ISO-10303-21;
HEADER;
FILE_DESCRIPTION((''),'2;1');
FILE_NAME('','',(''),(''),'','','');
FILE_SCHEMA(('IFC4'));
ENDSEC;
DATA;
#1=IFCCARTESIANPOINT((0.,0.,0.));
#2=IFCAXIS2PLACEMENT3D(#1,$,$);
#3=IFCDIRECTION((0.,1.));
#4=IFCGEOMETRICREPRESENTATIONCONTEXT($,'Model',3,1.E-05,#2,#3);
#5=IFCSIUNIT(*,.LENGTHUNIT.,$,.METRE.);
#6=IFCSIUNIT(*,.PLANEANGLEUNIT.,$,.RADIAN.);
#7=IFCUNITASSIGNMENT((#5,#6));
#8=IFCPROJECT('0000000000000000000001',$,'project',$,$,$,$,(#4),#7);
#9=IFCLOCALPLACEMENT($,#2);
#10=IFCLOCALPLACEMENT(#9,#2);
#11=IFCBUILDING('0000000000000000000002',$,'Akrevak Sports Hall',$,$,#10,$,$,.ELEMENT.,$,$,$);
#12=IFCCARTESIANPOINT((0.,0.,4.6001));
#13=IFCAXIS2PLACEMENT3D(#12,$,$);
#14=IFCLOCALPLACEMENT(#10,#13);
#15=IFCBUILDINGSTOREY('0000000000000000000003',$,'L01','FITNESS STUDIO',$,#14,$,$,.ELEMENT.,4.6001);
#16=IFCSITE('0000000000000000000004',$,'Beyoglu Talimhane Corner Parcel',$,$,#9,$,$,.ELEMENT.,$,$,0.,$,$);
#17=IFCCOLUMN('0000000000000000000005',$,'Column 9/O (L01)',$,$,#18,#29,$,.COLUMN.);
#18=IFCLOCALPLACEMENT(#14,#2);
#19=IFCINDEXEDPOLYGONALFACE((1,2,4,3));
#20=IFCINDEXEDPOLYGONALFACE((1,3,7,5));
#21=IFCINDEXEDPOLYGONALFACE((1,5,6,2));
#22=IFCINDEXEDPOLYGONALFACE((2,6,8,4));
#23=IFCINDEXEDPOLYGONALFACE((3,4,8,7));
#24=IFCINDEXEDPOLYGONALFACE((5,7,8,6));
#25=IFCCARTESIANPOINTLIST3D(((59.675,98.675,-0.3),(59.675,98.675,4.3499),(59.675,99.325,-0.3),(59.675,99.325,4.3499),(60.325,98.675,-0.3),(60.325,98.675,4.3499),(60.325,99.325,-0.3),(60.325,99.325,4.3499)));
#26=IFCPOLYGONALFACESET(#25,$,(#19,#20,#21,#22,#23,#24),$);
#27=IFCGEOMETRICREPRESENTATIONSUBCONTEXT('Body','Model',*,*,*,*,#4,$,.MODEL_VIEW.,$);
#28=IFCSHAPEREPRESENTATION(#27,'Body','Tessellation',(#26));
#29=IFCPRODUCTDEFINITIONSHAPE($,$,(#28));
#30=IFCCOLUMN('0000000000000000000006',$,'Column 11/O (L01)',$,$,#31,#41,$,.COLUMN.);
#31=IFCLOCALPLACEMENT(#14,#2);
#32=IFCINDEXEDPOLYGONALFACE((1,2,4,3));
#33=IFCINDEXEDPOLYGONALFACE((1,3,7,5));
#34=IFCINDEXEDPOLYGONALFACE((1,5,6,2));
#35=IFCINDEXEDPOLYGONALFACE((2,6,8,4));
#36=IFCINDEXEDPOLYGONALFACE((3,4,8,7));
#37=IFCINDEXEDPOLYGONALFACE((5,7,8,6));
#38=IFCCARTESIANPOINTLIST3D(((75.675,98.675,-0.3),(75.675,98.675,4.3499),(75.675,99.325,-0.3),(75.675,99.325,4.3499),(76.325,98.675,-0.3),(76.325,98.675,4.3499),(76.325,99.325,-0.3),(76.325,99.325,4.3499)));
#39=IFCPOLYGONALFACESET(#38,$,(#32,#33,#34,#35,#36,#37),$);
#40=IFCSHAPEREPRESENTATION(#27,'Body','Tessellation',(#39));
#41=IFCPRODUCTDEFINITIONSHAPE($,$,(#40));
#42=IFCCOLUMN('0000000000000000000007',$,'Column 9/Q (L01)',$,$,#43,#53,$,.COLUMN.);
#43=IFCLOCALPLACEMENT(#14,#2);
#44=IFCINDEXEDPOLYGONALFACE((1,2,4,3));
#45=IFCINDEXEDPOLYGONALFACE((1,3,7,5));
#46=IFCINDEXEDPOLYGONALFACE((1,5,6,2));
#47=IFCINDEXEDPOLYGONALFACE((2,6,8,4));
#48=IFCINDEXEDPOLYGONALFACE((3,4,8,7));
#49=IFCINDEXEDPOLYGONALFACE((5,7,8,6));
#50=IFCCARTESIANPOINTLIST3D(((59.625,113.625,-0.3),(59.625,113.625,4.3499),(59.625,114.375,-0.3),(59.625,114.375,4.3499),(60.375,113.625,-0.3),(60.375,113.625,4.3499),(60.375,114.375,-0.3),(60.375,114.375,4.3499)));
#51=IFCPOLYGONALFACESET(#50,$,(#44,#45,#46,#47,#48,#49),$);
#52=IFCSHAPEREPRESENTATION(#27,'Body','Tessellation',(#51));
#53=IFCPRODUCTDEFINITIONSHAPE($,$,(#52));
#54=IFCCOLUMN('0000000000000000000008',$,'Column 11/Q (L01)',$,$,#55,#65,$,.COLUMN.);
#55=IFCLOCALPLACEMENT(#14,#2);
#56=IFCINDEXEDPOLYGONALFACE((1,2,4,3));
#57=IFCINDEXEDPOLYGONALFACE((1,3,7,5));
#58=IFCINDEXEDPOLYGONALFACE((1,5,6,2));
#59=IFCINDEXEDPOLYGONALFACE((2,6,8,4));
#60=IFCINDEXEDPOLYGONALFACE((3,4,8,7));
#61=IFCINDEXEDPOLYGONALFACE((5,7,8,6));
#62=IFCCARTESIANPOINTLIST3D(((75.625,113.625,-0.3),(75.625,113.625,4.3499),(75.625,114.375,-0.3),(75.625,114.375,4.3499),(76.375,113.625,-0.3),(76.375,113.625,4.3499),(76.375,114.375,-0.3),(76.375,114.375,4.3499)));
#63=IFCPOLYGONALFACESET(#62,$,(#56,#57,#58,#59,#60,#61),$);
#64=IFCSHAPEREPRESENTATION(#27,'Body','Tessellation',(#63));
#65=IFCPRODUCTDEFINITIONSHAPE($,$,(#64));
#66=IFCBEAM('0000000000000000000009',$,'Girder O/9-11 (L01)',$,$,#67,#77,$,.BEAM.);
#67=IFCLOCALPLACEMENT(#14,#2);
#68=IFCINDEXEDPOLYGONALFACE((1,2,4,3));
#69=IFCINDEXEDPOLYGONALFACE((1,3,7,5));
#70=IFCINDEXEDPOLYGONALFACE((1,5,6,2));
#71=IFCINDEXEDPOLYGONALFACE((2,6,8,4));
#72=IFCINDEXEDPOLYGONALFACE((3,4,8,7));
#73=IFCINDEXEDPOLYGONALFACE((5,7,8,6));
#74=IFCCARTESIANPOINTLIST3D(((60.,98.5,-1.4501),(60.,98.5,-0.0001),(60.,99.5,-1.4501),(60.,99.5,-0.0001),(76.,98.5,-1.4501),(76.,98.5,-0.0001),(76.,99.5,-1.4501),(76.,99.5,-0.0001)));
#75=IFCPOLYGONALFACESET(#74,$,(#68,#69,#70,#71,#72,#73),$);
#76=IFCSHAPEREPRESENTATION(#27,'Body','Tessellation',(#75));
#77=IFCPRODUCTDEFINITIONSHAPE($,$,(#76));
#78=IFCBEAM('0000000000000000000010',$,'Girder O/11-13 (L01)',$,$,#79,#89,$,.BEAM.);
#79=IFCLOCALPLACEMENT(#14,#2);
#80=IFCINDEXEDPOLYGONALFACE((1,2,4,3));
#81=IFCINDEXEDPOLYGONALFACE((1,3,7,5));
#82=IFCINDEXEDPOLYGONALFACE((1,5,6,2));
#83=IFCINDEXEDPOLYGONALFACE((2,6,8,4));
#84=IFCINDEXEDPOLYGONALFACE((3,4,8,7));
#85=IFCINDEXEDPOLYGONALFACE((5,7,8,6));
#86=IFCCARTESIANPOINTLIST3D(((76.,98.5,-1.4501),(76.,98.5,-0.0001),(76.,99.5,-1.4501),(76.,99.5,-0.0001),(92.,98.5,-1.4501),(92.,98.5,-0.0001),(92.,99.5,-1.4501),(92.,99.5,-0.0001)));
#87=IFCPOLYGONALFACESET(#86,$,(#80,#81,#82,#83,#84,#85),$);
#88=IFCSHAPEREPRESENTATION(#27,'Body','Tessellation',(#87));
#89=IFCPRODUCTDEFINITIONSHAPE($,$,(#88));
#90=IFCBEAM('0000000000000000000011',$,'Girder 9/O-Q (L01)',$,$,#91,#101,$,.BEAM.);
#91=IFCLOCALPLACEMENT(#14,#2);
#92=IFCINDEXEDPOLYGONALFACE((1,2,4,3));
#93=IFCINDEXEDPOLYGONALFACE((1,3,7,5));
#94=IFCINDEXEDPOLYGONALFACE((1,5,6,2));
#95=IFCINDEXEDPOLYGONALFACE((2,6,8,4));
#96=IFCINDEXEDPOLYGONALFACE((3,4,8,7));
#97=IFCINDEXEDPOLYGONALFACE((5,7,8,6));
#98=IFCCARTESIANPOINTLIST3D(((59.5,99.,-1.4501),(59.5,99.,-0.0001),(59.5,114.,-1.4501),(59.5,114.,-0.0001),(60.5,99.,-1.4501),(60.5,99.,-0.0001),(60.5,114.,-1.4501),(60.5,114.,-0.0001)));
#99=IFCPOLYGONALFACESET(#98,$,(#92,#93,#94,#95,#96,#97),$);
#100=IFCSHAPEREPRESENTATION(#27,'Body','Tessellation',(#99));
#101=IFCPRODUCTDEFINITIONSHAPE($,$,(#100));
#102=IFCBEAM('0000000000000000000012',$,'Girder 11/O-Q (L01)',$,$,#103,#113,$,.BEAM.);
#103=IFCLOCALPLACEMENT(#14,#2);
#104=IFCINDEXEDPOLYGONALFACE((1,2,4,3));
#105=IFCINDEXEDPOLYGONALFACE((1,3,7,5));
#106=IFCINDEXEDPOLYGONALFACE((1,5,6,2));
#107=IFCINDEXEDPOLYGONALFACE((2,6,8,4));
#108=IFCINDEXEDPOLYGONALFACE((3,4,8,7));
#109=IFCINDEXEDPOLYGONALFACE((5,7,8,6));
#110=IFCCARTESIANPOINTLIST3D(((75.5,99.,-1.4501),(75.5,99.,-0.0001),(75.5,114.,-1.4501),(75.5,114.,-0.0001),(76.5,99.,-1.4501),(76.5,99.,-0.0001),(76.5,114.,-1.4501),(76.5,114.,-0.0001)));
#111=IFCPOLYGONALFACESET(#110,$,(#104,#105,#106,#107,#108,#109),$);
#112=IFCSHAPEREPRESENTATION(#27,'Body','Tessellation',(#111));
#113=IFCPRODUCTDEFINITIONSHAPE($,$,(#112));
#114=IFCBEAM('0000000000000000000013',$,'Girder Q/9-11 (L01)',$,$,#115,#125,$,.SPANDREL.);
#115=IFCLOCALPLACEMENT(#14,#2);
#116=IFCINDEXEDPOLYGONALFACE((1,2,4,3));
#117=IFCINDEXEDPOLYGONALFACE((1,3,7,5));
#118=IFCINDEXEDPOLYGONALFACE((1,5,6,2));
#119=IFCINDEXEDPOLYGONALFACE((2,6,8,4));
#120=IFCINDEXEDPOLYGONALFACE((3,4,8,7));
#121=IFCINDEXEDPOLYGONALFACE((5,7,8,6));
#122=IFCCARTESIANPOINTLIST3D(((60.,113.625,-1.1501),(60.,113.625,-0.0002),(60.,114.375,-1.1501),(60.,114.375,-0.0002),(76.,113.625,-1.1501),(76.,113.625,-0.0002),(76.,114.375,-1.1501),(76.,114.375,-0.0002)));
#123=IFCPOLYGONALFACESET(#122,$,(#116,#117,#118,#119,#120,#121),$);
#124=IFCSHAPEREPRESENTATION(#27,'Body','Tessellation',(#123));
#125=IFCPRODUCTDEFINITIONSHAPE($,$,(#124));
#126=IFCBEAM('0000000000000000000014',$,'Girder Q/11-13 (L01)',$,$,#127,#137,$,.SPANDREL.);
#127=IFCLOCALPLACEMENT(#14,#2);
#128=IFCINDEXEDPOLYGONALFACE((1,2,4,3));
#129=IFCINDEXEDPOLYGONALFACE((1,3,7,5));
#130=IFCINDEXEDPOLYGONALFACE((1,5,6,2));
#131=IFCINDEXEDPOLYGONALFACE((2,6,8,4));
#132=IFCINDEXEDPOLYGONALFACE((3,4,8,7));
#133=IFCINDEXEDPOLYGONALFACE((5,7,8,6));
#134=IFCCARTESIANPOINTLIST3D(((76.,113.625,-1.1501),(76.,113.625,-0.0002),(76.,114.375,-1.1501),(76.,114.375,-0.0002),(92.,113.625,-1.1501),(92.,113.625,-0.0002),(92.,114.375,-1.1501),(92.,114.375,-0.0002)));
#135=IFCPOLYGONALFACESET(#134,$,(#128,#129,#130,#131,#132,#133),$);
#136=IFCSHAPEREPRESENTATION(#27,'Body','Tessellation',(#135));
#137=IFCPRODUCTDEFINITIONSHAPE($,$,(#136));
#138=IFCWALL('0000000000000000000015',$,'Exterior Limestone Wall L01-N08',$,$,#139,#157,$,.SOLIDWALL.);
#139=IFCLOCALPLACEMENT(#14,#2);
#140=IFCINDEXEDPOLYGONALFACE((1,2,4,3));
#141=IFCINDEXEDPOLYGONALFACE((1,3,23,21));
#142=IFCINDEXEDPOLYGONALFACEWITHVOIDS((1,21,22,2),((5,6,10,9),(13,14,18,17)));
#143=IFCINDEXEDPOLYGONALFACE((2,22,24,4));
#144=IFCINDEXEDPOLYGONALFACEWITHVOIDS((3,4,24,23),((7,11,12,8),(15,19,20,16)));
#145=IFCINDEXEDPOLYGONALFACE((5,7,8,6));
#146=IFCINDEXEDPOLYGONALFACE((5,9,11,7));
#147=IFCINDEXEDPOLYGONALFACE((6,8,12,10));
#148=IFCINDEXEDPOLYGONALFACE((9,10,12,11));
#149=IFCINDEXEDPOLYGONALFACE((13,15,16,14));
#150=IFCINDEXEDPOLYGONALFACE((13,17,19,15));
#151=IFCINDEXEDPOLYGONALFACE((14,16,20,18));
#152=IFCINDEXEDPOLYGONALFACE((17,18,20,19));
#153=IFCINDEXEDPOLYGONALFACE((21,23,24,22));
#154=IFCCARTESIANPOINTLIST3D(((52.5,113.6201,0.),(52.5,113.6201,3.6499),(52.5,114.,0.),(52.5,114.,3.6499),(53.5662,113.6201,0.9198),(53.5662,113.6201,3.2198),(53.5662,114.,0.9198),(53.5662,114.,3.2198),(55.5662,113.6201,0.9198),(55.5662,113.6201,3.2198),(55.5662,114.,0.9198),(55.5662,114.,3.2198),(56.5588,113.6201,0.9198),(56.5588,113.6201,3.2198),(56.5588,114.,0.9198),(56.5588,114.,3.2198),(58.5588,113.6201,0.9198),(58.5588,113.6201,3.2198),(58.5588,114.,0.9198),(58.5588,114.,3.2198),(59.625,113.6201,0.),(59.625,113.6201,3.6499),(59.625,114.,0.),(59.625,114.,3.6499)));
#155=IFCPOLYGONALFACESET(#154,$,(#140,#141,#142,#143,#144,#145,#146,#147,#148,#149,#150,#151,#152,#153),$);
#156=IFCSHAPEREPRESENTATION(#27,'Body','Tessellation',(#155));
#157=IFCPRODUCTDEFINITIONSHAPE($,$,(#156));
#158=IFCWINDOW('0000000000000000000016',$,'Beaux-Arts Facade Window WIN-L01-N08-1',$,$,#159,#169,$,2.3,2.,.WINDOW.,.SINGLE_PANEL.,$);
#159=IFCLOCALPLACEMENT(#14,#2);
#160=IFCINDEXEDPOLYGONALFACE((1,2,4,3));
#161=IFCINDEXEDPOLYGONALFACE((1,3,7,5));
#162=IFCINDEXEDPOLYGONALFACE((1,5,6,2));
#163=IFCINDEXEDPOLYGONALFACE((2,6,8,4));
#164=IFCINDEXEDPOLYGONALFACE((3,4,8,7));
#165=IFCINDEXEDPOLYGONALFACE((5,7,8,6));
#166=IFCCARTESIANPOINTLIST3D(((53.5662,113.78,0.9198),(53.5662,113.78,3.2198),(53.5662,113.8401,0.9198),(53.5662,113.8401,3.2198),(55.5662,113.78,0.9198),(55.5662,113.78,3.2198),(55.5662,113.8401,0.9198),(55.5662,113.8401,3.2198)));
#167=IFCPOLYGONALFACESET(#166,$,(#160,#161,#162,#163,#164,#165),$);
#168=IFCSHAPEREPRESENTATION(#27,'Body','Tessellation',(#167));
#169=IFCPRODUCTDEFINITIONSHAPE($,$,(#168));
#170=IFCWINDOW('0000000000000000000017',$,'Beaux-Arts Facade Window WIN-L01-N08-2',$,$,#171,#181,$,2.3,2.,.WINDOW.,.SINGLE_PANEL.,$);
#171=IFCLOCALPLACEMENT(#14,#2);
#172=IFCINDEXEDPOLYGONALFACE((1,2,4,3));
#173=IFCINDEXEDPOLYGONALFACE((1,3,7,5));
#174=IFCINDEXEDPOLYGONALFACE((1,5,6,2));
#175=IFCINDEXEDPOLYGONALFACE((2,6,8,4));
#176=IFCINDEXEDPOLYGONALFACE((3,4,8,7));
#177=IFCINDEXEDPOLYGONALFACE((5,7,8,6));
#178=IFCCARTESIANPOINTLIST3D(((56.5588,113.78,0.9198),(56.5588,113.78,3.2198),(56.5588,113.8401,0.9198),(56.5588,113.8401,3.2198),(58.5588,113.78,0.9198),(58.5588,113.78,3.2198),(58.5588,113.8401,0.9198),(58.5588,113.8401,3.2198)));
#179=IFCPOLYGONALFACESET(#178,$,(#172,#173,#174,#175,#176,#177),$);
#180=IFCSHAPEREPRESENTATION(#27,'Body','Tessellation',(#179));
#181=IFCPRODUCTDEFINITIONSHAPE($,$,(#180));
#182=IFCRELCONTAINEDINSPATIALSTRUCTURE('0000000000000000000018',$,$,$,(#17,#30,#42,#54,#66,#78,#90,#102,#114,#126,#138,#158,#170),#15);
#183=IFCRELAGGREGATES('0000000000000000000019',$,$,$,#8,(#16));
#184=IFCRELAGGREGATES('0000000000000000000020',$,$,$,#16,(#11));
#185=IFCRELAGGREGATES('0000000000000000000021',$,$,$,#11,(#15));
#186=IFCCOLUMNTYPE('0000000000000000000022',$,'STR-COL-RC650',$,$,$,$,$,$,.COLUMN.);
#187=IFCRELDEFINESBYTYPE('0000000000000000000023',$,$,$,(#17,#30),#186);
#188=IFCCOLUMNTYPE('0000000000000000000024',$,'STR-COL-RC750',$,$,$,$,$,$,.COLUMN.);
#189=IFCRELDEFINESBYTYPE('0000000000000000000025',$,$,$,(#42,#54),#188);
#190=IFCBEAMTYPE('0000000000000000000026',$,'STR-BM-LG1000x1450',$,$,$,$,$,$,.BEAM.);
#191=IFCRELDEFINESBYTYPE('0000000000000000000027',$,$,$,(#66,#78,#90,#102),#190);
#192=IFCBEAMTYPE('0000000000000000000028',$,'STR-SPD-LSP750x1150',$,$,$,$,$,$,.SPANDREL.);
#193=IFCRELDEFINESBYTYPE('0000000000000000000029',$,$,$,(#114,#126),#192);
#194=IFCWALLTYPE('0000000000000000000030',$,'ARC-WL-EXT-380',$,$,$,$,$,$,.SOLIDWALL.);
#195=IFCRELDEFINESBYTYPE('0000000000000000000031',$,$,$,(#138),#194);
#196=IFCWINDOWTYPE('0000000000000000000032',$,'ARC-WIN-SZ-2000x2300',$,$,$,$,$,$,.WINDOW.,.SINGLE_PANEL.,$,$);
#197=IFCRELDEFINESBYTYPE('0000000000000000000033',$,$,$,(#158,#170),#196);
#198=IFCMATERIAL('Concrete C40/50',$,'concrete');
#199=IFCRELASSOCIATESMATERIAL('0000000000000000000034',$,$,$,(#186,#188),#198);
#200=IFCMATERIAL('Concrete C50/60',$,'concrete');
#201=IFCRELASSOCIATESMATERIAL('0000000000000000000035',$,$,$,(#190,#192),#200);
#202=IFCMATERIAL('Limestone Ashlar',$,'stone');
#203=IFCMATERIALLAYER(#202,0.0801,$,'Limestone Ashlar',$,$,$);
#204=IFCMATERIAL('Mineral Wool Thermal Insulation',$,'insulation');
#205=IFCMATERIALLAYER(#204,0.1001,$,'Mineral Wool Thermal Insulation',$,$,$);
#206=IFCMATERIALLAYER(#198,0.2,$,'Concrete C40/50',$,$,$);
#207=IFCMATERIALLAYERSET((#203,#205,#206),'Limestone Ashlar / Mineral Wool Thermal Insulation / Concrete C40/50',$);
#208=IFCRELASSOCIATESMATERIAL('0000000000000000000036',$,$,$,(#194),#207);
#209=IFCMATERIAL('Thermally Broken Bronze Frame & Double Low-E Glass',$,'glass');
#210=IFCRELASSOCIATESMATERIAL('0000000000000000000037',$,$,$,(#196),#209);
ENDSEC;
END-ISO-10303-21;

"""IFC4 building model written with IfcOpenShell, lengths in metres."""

from ifc_helpers import new_model, si_unit, direction, frame, frame_2d, origin, origin_2d, place, context, subcontext, project, spatial, rectangle, extrude, material, layer, layer_set, material_profile, profile_set, type_object, element, fill, save


model = new_model("IFC4")

# Units and contexts
model_context = context("Model", 3, precision=1e-05, world=origin(), true_north=direction((0.0, 1.0)))
body_context = subcontext(model_context, "Body", "Model", "MODEL_VIEW")
ifc_project = project(units=[si_unit("LENGTHUNIT", "METRE"), si_unit("PLANEANGLEUNIT", "RADIAN")], contexts=[model_context])

# Site, building, storey
site_placement = place(None, origin())
site = spatial("IfcSite", under=ifc_project, at=site_placement, Name="Beyoglu Talimhane Corner Parcel", CompositionType="ELEMENT", RefElevation=0.0)
building_placement = place(site_placement, origin())
building = spatial("IfcBuilding", under=site, at=building_placement, Name="Akrevak Sports Hall", CompositionType="ELEMENT")
storey_placement = place(building_placement, frame((0.0, 0.0, 4.6001)))
storey = spatial("IfcBuildingStorey", under=building, at=storey_placement, Name="L01", Description="FITNESS STUDIO", CompositionType="ELEMENT", Elevation=4.6001)

# Columns
ifc_material_1 = material(Name="Concrete C40/50", Category="concrete")
ifc_material_profile_1 = material_profile(ifc_material_1, rectangle(XDim=0.6499, YDim=0.6499, at=origin_2d()), Name="RC 650x650", Category="concrete")
ifc_profile_set_1 = profile_set([ifc_material_profile_1], Name="Concrete C40/50")
column_type_1 = type_object("IfcColumnType", Name="STR-COL-RC650", PredefinedType="COLUMN", material=ifc_profile_set_1)
for number, where, z_axis, x_axis, name in (
    (1, (60.0, 99.0, -0.3), (0.0, 0.0, 1.0), (1.0, 0.0, 0.0), "Column 9/O (L01)"),
    (2, (76.0, 99.0, -0.3), (0.0, 0.0, 1.0), (1.0, 0.0, 0.0), "Column 11/O (L01)"),
):
    element("IfcColumn", number, at=place(storey_placement, frame(where, z_axis=z_axis, x_axis=x_axis)), inside=storey, type_object=column_type_1, Name=name, PredefinedType="COLUMN", context=body_context, shape_type="SweptSolid", body=[
        extrude(rectangle(XDim=0.6499, YDim=0.6499, at=origin_2d()), origin(), (0.0, 0.0, 1.0), 4.6499),
    ])
ifc_material_profile_2 = material_profile(ifc_material_1, rectangle(XDim=0.75, YDim=0.75, at=origin_2d()), Name="RC 750x750", Category="concrete")
ifc_profile_set_2 = profile_set([ifc_material_profile_2], Name="Concrete C40/50")
column_type_2 = type_object("IfcColumnType", Name="STR-COL-RC750", PredefinedType="COLUMN", material=ifc_profile_set_2)
for number, where, z_axis, x_axis, name in (
    (3, (60.0, 114.0, -0.3), (0.0, 0.0, 1.0), (1.0, 0.0, 0.0), "Column 9/Q (L01)"),
    (4, (76.0, 114.0, -0.3), (0.0, 0.0, 1.0), (1.0, 0.0, 0.0), "Column 11/Q (L01)"),
):
    element("IfcColumn", number, at=place(storey_placement, frame(where, z_axis=z_axis, x_axis=x_axis)), inside=storey, type_object=column_type_2, Name=name, PredefinedType="COLUMN", context=body_context, shape_type="SweptSolid", body=[
        extrude(rectangle(XDim=0.75, YDim=0.75, at=origin_2d()), origin(), (0.0, 0.0, 1.0), 4.6499),
    ])

# Beams
ifc_material_2 = material(Name="Concrete C50/60", Category="concrete")
ifc_material_profile_3 = material_profile(ifc_material_2, rectangle(XDim=1.0, YDim=1.45, at=origin_2d()), Name="BM 1000x1450", Category="concrete")
ifc_profile_set_3 = profile_set([ifc_material_profile_3], Name="Concrete C50/60")
beam_type_1 = type_object("IfcBeamType", Name="STR-BM-LG1000x1450", PredefinedType="BEAM", material=ifc_profile_set_3)
for number, where, z_axis, x_axis, name in (
    (5, (60.0, 99.0, -0.7251), (1.0, 0.0, 0.0), (0.0, 1.0, 0.0), "Girder O/9-11 (L01)"),
    (6, (76.0, 99.0, -0.7251), (1.0, 0.0, 0.0), (0.0, 1.0, 0.0), "Girder O/11-13 (L01)"),
):
    element("IfcBeam", number, at=place(storey_placement, frame(where, z_axis=z_axis, x_axis=x_axis)), inside=storey, type_object=beam_type_1, Name=name, PredefinedType="BEAM", context=body_context, shape_type="SweptSolid", body=[
        extrude(rectangle(XDim=1.0, YDim=1.45, at=origin_2d()), origin(), (0.0, 0.0, 1.0), 16.0),
    ])
for number, where, z_axis, x_axis, name in (
    (7, (60.0, 99.0, -0.7251), (0.0, 1.0, 0.0), (-1.0, 0.0, 0.0), "Girder 9/O-Q (L01)"),
    (8, (76.0, 99.0, -0.7251), (0.0, 1.0, 0.0), (-1.0, 0.0, 0.0), "Girder 11/O-Q (L01)"),
):
    element("IfcBeam", number, at=place(storey_placement, frame(where, z_axis=z_axis, x_axis=x_axis)), inside=storey, type_object=beam_type_1, Name=name, PredefinedType="BEAM", context=body_context, shape_type="SweptSolid", body=[
        extrude(rectangle(XDim=1.0, YDim=1.45, at=origin_2d()), origin(), (0.0, 0.0, 1.0), 15.0),
    ])
ifc_material_profile_4 = material_profile(ifc_material_2, rectangle(XDim=0.75, YDim=1.1499, at=origin_2d()), Name="SPD 750x1150", Category="concrete")
ifc_profile_set_4 = profile_set([ifc_material_profile_4], Name="Concrete C50/60")
beam_type_2 = type_object("IfcBeamType", Name="STR-SPD-LSP750x1150", PredefinedType="SPANDREL", material=ifc_profile_set_4)
for number, where, z_axis, x_axis, name in (
    (9, (60.0, 114.0, -0.5752), (1.0, 0.0, 0.0), (0.0, 1.0, 0.0), "Girder Q/9-11 (L01)"),
    (10, (76.0, 114.0, -0.5752), (1.0, 0.0, 0.0), (0.0, 1.0, 0.0), "Girder Q/11-13 (L01)"),
):
    element("IfcBeam", number, at=place(storey_placement, frame(where, z_axis=z_axis, x_axis=x_axis)), inside=storey, type_object=beam_type_2, Name=name, PredefinedType="SPANDREL", context=body_context, shape_type="SweptSolid", body=[
        extrude(rectangle(XDim=0.75, YDim=1.1499, at=origin_2d()), origin(), (0.0, 0.0, 1.0), 16.0),
    ])

# Wall, openings, windows
ifc_material_3 = material(Name="Limestone Ashlar", Category="stone")
ifc_layer_1 = layer(ifc_material_3, 0.0801, Name="Limestone Ashlar")
ifc_material_4 = material(Name="Mineral Wool Thermal Insulation", Category="insulation")
ifc_layer_2 = layer(ifc_material_4, 0.1001, Name="Mineral Wool Thermal Insulation")
ifc_layer_3 = layer(ifc_material_1, 0.2, Name="Concrete C40/50")
ifc_layer_set_1 = layer_set([ifc_layer_1, ifc_layer_2, ifc_layer_3], Name="Limestone Ashlar / Mineral Wool Thermal Insulation / Concrete C40/50")
wall_type_1 = type_object("IfcWallType", Name="ARC-WL-EXT-380", PredefinedType="SOLIDWALL", material=ifc_layer_set_1)
wall_1_placement = place(storey_placement, frame((59.625, 113.8101, 0.0), z_axis=(0.0, 0.0, 1.0), x_axis=(-1.0, 0.0, 0.0)))
wall_1 = element("IfcWall", 11, at=wall_1_placement, inside=storey, type_object=wall_type_1, Name="Exterior Limestone Wall L01-N08", PredefinedType="SOLIDWALL", context=body_context, shape_type="SweptSolid", body=[
    extrude(rectangle(XDim=7.125, YDim=0.3799, at=frame_2d((3.5625, 0.0))), origin(), (0.0, 0.0, 1.0), 3.6499),
])
opening_1_placement = place(wall_1_placement, frame((4.0588, 0.0, 0.9199)))
opening_1 = element("IfcOpeningElement", 12, at=opening_1_placement, cuts=wall_1, PredefinedType="OPENING", context=body_context, shape_type="SweptSolid", body=[
    extrude(rectangle(XDim=2.0, YDim=2.3, at=frame_2d((1.0, 1.1499))), frame((0.0, 0.2019, 0.0), z_axis=(0.0, -1.0, 0.0), x_axis=(1.0, 0.0, 0.0)), (0.0, 0.0, 1.0), 0.4038),
])
opening_2_placement = place(wall_1_placement, frame((1.0662, 0.0, 0.9199)))
opening_2 = element("IfcOpeningElement", 13, at=opening_2_placement, cuts=wall_1, PredefinedType="OPENING", context=body_context, shape_type="SweptSolid", body=[
    extrude(rectangle(XDim=2.0, YDim=2.3, at=frame_2d((1.0, 1.1499))), frame((0.0, 0.2019, 0.0), z_axis=(0.0, -1.0, 0.0), x_axis=(1.0, 0.0, 0.0)), (0.0, 0.0, 1.0), 0.4038),
])
ifc_material_5 = material(Name="Thermally Broken Bronze Frame & Double Low-E Glass", Category="glass")
window_type = type_object("IfcWindowType", Name="ARC-WIN-SZ-2000x2300", PartitioningType="SINGLE_PANEL", PredefinedType="WINDOW", material=ifc_material_5)
window_1_placement = place(opening_1_placement, origin())
window_1 = element("IfcWindow", 14, at=window_1_placement, inside=storey, type_object=window_type, Name="Beaux-Arts Facade Window WIN-L01-N08-1", OverallHeight=2.3, OverallWidth=2.0, PartitioningType="SINGLE_PANEL", PredefinedType="WINDOW", context=body_context, shape_type="SweptSolid", body=[
    extrude(rectangle(XDim=2.0, YDim=2.3, at=frame_2d((1.0, 1.1499))), frame((0.0, 0.03, 0.0), z_axis=(0.0, -1.0, 0.0), x_axis=(1.0, 0.0, 0.0)), (0.0, 0.0, 1.0), 0.0601),
])
fill(opening_1, window_1)
window_2_placement = place(opening_2_placement, origin())
window_2 = element("IfcWindow", 15, at=window_2_placement, inside=storey, type_object=window_type, Name="Beaux-Arts Facade Window WIN-L01-N08-2", OverallHeight=2.3, OverallWidth=2.0, PartitioningType="SINGLE_PANEL", PredefinedType="WINDOW", context=body_context, shape_type="SweptSolid", body=[
    extrude(rectangle(XDim=2.0, YDim=2.3, at=frame_2d((1.0, 1.1499))), frame((0.0, 0.03, 0.0), z_axis=(0.0, -1.0, 0.0), x_axis=(1.0, 0.0, 0.0)), (0.0, 0.0, 1.0), 0.0601),
])
fill(opening_2, window_2)

save(model, "model.ifc")
